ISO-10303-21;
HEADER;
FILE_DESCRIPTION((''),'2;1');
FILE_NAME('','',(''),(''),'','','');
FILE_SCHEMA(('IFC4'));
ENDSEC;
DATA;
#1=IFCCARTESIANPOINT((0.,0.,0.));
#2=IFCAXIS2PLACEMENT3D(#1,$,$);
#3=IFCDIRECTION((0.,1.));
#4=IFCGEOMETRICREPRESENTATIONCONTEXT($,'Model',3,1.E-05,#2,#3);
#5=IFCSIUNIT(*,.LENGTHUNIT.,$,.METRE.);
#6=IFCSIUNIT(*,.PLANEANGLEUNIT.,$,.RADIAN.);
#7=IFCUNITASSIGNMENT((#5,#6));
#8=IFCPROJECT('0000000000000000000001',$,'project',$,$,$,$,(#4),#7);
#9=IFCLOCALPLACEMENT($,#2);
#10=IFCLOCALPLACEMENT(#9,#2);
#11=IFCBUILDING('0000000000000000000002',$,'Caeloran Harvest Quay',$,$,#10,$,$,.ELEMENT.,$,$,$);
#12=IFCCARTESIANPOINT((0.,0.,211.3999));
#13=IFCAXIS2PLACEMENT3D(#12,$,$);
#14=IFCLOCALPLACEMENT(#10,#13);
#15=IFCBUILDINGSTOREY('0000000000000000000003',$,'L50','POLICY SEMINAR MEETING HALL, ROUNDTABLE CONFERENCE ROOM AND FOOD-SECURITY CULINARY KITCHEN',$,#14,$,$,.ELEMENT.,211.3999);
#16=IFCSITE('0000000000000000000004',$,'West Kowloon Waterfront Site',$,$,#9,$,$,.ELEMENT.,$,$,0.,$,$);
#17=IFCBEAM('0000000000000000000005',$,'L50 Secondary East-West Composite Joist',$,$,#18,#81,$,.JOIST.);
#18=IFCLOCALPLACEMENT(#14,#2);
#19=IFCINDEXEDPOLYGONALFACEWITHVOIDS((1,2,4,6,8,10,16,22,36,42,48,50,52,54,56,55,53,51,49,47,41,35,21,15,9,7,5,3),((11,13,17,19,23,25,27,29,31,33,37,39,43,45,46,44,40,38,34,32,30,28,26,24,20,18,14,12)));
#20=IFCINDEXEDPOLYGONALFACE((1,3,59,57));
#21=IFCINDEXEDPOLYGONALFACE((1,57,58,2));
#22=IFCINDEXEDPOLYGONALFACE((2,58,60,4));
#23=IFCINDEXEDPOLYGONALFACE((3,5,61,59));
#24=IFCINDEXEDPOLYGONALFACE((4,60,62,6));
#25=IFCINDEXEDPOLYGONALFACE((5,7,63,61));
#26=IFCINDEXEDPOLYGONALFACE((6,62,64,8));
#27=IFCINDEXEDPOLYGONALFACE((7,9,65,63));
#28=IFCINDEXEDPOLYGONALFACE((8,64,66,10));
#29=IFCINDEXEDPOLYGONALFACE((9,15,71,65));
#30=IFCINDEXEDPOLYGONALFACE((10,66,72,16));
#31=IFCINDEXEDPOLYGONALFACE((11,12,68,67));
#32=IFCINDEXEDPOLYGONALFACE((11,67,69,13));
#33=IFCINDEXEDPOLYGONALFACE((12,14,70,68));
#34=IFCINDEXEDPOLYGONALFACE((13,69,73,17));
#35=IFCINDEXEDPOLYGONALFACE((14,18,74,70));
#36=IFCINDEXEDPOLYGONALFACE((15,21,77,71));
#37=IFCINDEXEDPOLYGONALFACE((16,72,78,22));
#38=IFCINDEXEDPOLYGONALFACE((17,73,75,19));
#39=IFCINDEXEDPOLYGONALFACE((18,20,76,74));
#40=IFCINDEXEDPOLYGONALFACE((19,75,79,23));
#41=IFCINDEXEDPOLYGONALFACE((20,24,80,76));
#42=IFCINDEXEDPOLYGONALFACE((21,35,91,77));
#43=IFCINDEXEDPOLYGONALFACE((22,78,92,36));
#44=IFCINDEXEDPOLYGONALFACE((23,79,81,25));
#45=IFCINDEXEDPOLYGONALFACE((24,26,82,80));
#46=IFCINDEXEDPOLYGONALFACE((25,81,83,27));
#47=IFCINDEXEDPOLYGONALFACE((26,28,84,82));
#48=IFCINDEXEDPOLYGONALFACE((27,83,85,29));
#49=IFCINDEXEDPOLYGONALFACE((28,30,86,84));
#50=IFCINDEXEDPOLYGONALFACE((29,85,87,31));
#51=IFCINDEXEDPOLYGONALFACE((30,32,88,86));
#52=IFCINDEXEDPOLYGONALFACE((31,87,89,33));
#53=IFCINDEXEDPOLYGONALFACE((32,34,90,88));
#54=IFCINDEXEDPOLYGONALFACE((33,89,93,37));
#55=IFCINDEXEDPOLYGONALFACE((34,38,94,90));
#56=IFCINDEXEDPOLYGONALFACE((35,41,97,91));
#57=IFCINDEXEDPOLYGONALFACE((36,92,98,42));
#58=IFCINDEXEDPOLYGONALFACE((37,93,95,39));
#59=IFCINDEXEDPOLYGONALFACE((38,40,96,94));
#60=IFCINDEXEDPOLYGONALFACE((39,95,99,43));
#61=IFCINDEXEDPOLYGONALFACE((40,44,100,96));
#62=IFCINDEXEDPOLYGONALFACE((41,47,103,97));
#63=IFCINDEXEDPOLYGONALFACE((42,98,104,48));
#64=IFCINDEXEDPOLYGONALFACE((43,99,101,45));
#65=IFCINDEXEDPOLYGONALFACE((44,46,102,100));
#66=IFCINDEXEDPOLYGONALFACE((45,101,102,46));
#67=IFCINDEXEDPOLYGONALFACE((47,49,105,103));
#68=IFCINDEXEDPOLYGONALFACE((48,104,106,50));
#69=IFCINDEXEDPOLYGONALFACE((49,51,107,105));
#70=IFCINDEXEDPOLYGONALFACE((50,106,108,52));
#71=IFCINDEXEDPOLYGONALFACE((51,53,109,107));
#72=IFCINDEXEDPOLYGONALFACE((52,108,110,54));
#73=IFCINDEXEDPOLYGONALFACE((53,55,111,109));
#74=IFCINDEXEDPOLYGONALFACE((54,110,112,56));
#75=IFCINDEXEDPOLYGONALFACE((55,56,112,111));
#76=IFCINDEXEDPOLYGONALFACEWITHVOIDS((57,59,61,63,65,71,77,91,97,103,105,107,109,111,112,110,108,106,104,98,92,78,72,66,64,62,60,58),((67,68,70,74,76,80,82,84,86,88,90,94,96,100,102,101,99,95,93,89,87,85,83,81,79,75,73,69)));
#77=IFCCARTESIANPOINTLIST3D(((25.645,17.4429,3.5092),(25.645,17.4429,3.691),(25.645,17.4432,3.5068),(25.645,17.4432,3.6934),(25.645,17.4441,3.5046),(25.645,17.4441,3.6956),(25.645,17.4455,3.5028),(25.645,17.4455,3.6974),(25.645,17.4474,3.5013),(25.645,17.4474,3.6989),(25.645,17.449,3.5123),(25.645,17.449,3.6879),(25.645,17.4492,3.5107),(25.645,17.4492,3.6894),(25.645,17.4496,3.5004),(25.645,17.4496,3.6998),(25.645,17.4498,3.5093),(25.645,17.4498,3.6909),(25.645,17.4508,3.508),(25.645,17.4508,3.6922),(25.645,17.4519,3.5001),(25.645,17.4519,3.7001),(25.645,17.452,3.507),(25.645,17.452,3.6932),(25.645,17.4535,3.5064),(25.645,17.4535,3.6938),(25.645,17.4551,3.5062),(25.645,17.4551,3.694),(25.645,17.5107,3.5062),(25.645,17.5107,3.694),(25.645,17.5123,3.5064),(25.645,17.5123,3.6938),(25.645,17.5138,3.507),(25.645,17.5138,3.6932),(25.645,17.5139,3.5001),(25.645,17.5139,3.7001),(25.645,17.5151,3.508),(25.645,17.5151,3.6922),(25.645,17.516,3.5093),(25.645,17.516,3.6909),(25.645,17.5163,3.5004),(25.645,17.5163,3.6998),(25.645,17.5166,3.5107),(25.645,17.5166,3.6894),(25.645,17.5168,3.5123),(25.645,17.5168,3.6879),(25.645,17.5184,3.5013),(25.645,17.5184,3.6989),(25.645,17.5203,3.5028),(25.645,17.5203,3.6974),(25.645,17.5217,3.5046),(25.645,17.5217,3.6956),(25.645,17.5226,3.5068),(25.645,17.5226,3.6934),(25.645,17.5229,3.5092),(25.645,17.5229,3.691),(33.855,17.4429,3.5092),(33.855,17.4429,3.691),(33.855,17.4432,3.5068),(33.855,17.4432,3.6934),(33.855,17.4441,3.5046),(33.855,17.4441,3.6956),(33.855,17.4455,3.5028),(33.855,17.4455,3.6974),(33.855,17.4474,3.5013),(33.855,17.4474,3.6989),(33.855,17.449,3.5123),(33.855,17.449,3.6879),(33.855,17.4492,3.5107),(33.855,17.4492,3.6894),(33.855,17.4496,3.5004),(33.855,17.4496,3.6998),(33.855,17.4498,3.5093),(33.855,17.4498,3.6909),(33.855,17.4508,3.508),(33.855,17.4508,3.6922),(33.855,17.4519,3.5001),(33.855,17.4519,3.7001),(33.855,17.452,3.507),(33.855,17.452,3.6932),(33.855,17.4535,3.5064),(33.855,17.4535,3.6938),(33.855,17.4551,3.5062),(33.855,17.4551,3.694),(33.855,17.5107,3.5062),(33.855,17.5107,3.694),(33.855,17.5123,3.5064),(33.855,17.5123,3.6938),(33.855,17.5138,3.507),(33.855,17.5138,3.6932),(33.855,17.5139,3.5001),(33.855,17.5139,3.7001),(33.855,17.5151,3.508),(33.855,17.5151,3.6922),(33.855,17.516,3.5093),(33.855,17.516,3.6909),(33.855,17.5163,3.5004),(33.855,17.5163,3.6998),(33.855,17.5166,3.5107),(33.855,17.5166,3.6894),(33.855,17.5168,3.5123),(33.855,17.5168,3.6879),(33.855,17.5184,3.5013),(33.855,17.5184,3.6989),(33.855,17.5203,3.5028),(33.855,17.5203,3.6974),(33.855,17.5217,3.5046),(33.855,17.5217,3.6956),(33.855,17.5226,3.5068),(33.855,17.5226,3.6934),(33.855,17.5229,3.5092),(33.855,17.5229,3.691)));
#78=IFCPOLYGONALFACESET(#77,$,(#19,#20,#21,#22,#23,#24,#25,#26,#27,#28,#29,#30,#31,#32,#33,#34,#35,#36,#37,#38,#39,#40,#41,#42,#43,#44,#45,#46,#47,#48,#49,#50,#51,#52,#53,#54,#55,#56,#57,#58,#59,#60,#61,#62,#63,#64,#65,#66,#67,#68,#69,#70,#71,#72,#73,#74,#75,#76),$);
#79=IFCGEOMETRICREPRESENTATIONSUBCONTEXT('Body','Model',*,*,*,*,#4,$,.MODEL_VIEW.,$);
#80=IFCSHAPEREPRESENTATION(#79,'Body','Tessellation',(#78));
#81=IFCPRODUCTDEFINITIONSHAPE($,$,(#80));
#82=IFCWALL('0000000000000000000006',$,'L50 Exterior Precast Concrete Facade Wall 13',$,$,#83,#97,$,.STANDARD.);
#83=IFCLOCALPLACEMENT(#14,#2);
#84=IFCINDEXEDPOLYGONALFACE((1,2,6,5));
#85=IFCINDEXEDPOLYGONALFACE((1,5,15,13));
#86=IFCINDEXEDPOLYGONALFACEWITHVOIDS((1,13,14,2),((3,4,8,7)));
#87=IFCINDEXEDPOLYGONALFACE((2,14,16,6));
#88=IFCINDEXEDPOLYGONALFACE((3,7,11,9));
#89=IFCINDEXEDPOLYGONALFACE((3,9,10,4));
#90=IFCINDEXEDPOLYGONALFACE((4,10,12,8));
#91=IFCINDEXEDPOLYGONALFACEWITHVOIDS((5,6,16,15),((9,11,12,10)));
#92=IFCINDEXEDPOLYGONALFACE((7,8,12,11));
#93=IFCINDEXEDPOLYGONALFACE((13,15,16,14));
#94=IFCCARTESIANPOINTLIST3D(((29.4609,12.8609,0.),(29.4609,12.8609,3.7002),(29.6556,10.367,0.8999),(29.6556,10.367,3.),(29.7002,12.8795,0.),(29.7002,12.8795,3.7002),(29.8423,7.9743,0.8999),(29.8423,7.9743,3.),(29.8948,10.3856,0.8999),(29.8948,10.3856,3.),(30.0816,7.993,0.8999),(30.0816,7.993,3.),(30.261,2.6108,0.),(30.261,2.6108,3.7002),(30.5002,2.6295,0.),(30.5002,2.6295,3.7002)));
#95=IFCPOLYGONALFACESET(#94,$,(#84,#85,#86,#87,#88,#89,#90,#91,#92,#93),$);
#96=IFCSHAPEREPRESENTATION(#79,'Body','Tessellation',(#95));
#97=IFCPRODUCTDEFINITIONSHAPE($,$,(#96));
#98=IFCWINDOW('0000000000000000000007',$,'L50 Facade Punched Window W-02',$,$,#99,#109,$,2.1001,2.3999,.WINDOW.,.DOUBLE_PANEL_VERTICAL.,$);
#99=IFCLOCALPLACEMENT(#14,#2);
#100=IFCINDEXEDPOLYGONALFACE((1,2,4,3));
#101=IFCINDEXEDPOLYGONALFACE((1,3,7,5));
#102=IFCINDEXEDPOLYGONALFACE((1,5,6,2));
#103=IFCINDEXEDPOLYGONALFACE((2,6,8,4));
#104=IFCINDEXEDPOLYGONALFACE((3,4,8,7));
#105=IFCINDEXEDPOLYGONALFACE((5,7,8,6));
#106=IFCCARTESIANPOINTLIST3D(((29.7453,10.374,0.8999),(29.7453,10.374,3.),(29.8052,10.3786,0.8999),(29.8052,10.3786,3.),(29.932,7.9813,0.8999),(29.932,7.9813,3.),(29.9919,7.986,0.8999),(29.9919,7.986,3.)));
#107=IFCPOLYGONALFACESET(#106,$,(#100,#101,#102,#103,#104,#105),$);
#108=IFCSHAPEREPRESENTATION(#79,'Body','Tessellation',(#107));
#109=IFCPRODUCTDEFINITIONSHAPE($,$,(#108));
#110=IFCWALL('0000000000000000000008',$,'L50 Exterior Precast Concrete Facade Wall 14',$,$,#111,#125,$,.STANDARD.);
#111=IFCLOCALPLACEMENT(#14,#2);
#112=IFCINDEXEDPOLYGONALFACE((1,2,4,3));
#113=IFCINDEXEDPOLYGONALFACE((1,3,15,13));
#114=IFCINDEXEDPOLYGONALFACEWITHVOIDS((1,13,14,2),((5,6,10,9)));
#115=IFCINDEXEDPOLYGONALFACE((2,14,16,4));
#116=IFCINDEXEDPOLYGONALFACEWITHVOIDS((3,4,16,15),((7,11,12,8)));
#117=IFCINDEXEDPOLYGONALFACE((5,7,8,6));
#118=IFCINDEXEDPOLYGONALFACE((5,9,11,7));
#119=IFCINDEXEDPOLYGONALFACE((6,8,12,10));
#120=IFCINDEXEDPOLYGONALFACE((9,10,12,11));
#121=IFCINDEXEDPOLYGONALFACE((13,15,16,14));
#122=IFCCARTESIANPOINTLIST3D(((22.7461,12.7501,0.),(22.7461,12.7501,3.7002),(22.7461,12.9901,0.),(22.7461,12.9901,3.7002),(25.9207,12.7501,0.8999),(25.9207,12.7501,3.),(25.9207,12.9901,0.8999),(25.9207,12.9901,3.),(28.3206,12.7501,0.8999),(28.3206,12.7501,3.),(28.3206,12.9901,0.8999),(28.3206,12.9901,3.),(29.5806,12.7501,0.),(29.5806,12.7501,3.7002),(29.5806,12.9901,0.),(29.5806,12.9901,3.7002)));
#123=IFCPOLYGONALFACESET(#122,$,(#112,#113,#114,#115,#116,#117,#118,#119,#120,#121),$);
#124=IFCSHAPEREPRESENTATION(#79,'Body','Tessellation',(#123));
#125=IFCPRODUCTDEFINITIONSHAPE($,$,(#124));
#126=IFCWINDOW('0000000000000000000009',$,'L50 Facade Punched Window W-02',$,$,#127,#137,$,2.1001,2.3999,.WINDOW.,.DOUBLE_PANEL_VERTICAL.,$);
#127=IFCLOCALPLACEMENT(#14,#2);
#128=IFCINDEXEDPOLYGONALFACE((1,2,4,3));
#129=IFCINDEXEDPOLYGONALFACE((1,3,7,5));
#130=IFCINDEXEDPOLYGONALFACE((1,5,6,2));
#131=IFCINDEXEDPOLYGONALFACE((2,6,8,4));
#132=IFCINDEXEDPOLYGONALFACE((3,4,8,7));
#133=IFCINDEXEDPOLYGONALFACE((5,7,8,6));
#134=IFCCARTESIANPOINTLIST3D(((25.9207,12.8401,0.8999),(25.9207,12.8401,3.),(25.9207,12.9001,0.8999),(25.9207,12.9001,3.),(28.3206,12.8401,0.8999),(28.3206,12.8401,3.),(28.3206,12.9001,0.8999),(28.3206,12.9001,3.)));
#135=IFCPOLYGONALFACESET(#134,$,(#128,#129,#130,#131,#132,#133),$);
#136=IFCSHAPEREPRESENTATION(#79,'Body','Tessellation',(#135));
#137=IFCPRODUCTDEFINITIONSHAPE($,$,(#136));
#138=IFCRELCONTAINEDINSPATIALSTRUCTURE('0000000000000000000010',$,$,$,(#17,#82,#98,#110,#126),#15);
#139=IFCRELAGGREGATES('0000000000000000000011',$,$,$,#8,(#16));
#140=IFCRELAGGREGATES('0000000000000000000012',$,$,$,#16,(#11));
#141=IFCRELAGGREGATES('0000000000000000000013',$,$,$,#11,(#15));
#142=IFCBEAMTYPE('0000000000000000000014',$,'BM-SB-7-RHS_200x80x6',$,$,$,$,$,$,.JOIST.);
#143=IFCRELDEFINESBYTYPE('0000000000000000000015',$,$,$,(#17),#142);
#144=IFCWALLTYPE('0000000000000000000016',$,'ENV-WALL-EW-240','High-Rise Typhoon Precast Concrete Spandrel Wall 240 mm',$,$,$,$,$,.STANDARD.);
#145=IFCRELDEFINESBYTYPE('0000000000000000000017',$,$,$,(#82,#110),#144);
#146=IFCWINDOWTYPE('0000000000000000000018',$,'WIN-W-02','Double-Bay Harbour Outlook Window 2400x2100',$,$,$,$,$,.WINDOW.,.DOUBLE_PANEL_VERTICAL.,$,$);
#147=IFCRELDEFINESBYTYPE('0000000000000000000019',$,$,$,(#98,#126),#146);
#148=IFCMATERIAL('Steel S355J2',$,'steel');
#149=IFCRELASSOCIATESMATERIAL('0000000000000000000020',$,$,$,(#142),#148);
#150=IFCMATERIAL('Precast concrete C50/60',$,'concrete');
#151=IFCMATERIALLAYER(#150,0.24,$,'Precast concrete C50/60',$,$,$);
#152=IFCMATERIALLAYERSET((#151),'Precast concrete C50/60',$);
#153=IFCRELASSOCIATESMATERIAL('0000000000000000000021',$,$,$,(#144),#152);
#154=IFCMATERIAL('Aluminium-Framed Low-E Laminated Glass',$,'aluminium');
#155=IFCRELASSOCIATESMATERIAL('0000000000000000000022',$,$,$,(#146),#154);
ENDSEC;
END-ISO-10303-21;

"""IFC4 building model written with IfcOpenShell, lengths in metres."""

from ifc_helpers import new_model, si_unit, direction, frame, frame_2d, origin, origin_2d, place, context, subcontext, project, spatial, rectangle, hollow_rectangle, extrude, material, layer, layer_set, material_profile, profile_set, type_object, element, fill, save


model = new_model("IFC4")

# Units and contexts
model_context = context("Model", 3, precision=1e-05, world=origin(), true_north=direction((0.0, 1.0)))
body_context = subcontext(model_context, "Body", "Model", "MODEL_VIEW")
ifc_project = project(units=[si_unit("LENGTHUNIT", "METRE"), si_unit("PLANEANGLEUNIT", "RADIAN")], contexts=[model_context])

# Site, building, storey
site_placement = place(None, origin())
site = spatial("IfcSite", under=ifc_project, at=site_placement, Name="West Kowloon Waterfront Site", CompositionType="ELEMENT", RefElevation=0.0)
building_placement = place(site_placement, origin())
building = spatial("IfcBuilding", under=site, at=building_placement, Name="Caeloran Harvest Quay", CompositionType="ELEMENT")
storey_placement = place(building_placement, frame((0.0, 0.0, 211.3999)))
storey = spatial("IfcBuildingStorey", under=building, at=storey_placement, Name="L50", Description="POLICY SEMINAR MEETING HALL, ROUNDTABLE CONFERENCE ROOM AND FOOD-SECURITY CULINARY KITCHEN", CompositionType="ELEMENT", Elevation=211.3999)

# Beam
ifc_material_1 = material(Name="Steel S355J2", Category="steel")
ifc_material_profile_1 = material_profile(ifc_material_1, hollow_rectangle(XDim=0.0801, YDim=0.2, WallThickness=0.0061, InnerFilletRadius=0.0061, OuterFilletRadius=0.009, at=origin_2d()), Name="RHS 200x80x6")
ifc_profile_set_1 = profile_set([ifc_material_profile_1], Name="Steel S355J2")
beam_type_1 = type_object("IfcBeamType", Name="BM-SB-7-RHS_200x80x6", PredefinedType="JOIST", material=ifc_profile_set_1)
for number, where, z_axis, x_axis, name in (
    (1, (25.645, 17.4829, 3.6001), (1.0, 0.0, 0.0), (0.0, 1.0, 0.0), "L50 Secondary East-West Composite Joist"),
):
    element("IfcBeam", number, at=place(storey_placement, frame(where, z_axis=z_axis, x_axis=x_axis)), inside=storey, type_object=beam_type_1, Name=name, PredefinedType="JOIST", context=body_context, shape_type="SweptSolid", body=[
        extrude(hollow_rectangle(XDim=0.0801, YDim=0.2, WallThickness=0.0061, InnerFilletRadius=0.0061, OuterFilletRadius=0.009, at=origin_2d()), origin(), (0.0, 0.0, 1.0), 8.21),
    ])

# Walls, openings, windows
ifc_material_2 = material(Name="Precast concrete C50/60", Category="concrete")
ifc_layer = layer(ifc_material_2, 0.24, Name="Precast concrete C50/60")
ifc_layer_set = layer_set([ifc_layer], Name="Precast concrete C50/60")
wall_type = type_object("IfcWallType", Name="ENV-WALL-EW-240", Description="High-Rise Typhoon Precast Concrete Spandrel Wall 240 mm", PredefinedType="STANDARD", material=ifc_layer_set)
wall_1_placement = place(storey_placement, frame((30.3806, 2.6201, 0.0), z_axis=(0.0, 0.0, 1.0), x_axis=(-0.077817, 0.996968, 0.0)))
wall_1 = element("IfcWall", 2, at=wall_1_placement, inside=storey, type_object=wall_type, Name="L50 Exterior Precast Concrete Facade Wall 13", PredefinedType="STANDARD", context=body_context, shape_type="SweptSolid", body=[
    extrude(rectangle(XDim=10.2812, YDim=0.24, at=frame_2d((5.1406, 0.0))), origin(), (0.0, 0.0, 1.0), 3.7002),
])
opening_1_placement = place(wall_1_placement, frame((5.3799, 0.0, 0.8999)))
opening_1 = element("IfcOpeningElement", 3, at=opening_1_placement, cuts=wall_1, PredefinedType="OPENING", context=body_context, shape_type="SweptSolid", body=[
    extrude(rectangle(XDim=2.3999, YDim=2.1001, at=frame_2d((1.2, 1.05))), frame((0.0, 0.1299, 0.0), z_axis=(0.0, -1.0, 0.0), x_axis=(1.0, 0.0, 0.0)), (0.0, 0.0, 1.0), 0.26),
])
ifc_material_3 = material(Name="Aluminium-Framed Low-E Laminated Glass", Category="aluminium")
window_type = type_object("IfcWindowType", Name="WIN-W-02", Description="Double-Bay Harbour Outlook Window 2400x2100", PartitioningType="DOUBLE_PANEL_VERTICAL", PredefinedType="WINDOW", material=ifc_material_3)
window_1_placement = place(opening_1_placement, origin())
window_1 = element("IfcWindow", 4, at=window_1_placement, inside=storey, type_object=window_type, Name="L50 Facade Punched Window W-02", OverallHeight=2.1001, OverallWidth=2.3999, PartitioningType="DOUBLE_PANEL_VERTICAL", PredefinedType="WINDOW", context=body_context, shape_type="SweptSolid", body=[
    extrude(rectangle(XDim=2.3999, YDim=2.1001, at=frame_2d((1.2, 1.05))), frame((0.0, 0.03, 0.0), z_axis=(0.0, -1.0, 0.0), x_axis=(1.0, 0.0, 0.0)), (0.0, 0.0, 1.0), 0.0601),
])
fill(opening_1, window_1)
wall_2_placement = place(storey_placement, frame((29.5806, 12.8701, 0.0), z_axis=(0.0, 0.0, 1.0), x_axis=(-1.0, 0.0, 0.0)))
wall_2 = element("IfcWall", 5, at=wall_2_placement, inside=storey, type_object=wall_type, Name="L50 Exterior Precast Concrete Facade Wall 14", PredefinedType="STANDARD", context=body_context, shape_type="SweptSolid", body=[
    extrude(rectangle(XDim=6.8345, YDim=0.24, at=frame_2d((3.4172, 0.0))), origin(), (0.0, 0.0, 1.0), 3.7002),
])
opening_2_placement = place(wall_2_placement, frame((1.26, 0.0, 0.8999)))
opening_2 = element("IfcOpeningElement", 6, at=opening_2_placement, cuts=wall_2, PredefinedType="OPENING", context=body_context, shape_type="SweptSolid", body=[
    extrude(rectangle(XDim=2.3999, YDim=2.1001, at=frame_2d((1.2, 1.05))), frame((0.0, 0.1299, 0.0), z_axis=(0.0, -1.0, 0.0), x_axis=(1.0, 0.0, 0.0)), (0.0, 0.0, 1.0), 0.26),
])
window_2_placement = place(opening_2_placement, origin())
window_2 = element("IfcWindow", 7, at=window_2_placement, inside=storey, type_object=window_type, Name="L50 Facade Punched Window W-02", OverallHeight=2.1001, OverallWidth=2.3999, PartitioningType="DOUBLE_PANEL_VERTICAL", PredefinedType="WINDOW", context=body_context, shape_type="SweptSolid", body=[
    extrude(rectangle(XDim=2.3999, YDim=2.1001, at=frame_2d((1.2, 1.05))), frame((0.0, 0.03, 0.0), z_axis=(0.0, -1.0, 0.0), x_axis=(1.0, 0.0, 0.0)), (0.0, 0.0, 1.0), 0.0601),
])
fill(opening_2, window_2)

save(model, "model.ifc")
